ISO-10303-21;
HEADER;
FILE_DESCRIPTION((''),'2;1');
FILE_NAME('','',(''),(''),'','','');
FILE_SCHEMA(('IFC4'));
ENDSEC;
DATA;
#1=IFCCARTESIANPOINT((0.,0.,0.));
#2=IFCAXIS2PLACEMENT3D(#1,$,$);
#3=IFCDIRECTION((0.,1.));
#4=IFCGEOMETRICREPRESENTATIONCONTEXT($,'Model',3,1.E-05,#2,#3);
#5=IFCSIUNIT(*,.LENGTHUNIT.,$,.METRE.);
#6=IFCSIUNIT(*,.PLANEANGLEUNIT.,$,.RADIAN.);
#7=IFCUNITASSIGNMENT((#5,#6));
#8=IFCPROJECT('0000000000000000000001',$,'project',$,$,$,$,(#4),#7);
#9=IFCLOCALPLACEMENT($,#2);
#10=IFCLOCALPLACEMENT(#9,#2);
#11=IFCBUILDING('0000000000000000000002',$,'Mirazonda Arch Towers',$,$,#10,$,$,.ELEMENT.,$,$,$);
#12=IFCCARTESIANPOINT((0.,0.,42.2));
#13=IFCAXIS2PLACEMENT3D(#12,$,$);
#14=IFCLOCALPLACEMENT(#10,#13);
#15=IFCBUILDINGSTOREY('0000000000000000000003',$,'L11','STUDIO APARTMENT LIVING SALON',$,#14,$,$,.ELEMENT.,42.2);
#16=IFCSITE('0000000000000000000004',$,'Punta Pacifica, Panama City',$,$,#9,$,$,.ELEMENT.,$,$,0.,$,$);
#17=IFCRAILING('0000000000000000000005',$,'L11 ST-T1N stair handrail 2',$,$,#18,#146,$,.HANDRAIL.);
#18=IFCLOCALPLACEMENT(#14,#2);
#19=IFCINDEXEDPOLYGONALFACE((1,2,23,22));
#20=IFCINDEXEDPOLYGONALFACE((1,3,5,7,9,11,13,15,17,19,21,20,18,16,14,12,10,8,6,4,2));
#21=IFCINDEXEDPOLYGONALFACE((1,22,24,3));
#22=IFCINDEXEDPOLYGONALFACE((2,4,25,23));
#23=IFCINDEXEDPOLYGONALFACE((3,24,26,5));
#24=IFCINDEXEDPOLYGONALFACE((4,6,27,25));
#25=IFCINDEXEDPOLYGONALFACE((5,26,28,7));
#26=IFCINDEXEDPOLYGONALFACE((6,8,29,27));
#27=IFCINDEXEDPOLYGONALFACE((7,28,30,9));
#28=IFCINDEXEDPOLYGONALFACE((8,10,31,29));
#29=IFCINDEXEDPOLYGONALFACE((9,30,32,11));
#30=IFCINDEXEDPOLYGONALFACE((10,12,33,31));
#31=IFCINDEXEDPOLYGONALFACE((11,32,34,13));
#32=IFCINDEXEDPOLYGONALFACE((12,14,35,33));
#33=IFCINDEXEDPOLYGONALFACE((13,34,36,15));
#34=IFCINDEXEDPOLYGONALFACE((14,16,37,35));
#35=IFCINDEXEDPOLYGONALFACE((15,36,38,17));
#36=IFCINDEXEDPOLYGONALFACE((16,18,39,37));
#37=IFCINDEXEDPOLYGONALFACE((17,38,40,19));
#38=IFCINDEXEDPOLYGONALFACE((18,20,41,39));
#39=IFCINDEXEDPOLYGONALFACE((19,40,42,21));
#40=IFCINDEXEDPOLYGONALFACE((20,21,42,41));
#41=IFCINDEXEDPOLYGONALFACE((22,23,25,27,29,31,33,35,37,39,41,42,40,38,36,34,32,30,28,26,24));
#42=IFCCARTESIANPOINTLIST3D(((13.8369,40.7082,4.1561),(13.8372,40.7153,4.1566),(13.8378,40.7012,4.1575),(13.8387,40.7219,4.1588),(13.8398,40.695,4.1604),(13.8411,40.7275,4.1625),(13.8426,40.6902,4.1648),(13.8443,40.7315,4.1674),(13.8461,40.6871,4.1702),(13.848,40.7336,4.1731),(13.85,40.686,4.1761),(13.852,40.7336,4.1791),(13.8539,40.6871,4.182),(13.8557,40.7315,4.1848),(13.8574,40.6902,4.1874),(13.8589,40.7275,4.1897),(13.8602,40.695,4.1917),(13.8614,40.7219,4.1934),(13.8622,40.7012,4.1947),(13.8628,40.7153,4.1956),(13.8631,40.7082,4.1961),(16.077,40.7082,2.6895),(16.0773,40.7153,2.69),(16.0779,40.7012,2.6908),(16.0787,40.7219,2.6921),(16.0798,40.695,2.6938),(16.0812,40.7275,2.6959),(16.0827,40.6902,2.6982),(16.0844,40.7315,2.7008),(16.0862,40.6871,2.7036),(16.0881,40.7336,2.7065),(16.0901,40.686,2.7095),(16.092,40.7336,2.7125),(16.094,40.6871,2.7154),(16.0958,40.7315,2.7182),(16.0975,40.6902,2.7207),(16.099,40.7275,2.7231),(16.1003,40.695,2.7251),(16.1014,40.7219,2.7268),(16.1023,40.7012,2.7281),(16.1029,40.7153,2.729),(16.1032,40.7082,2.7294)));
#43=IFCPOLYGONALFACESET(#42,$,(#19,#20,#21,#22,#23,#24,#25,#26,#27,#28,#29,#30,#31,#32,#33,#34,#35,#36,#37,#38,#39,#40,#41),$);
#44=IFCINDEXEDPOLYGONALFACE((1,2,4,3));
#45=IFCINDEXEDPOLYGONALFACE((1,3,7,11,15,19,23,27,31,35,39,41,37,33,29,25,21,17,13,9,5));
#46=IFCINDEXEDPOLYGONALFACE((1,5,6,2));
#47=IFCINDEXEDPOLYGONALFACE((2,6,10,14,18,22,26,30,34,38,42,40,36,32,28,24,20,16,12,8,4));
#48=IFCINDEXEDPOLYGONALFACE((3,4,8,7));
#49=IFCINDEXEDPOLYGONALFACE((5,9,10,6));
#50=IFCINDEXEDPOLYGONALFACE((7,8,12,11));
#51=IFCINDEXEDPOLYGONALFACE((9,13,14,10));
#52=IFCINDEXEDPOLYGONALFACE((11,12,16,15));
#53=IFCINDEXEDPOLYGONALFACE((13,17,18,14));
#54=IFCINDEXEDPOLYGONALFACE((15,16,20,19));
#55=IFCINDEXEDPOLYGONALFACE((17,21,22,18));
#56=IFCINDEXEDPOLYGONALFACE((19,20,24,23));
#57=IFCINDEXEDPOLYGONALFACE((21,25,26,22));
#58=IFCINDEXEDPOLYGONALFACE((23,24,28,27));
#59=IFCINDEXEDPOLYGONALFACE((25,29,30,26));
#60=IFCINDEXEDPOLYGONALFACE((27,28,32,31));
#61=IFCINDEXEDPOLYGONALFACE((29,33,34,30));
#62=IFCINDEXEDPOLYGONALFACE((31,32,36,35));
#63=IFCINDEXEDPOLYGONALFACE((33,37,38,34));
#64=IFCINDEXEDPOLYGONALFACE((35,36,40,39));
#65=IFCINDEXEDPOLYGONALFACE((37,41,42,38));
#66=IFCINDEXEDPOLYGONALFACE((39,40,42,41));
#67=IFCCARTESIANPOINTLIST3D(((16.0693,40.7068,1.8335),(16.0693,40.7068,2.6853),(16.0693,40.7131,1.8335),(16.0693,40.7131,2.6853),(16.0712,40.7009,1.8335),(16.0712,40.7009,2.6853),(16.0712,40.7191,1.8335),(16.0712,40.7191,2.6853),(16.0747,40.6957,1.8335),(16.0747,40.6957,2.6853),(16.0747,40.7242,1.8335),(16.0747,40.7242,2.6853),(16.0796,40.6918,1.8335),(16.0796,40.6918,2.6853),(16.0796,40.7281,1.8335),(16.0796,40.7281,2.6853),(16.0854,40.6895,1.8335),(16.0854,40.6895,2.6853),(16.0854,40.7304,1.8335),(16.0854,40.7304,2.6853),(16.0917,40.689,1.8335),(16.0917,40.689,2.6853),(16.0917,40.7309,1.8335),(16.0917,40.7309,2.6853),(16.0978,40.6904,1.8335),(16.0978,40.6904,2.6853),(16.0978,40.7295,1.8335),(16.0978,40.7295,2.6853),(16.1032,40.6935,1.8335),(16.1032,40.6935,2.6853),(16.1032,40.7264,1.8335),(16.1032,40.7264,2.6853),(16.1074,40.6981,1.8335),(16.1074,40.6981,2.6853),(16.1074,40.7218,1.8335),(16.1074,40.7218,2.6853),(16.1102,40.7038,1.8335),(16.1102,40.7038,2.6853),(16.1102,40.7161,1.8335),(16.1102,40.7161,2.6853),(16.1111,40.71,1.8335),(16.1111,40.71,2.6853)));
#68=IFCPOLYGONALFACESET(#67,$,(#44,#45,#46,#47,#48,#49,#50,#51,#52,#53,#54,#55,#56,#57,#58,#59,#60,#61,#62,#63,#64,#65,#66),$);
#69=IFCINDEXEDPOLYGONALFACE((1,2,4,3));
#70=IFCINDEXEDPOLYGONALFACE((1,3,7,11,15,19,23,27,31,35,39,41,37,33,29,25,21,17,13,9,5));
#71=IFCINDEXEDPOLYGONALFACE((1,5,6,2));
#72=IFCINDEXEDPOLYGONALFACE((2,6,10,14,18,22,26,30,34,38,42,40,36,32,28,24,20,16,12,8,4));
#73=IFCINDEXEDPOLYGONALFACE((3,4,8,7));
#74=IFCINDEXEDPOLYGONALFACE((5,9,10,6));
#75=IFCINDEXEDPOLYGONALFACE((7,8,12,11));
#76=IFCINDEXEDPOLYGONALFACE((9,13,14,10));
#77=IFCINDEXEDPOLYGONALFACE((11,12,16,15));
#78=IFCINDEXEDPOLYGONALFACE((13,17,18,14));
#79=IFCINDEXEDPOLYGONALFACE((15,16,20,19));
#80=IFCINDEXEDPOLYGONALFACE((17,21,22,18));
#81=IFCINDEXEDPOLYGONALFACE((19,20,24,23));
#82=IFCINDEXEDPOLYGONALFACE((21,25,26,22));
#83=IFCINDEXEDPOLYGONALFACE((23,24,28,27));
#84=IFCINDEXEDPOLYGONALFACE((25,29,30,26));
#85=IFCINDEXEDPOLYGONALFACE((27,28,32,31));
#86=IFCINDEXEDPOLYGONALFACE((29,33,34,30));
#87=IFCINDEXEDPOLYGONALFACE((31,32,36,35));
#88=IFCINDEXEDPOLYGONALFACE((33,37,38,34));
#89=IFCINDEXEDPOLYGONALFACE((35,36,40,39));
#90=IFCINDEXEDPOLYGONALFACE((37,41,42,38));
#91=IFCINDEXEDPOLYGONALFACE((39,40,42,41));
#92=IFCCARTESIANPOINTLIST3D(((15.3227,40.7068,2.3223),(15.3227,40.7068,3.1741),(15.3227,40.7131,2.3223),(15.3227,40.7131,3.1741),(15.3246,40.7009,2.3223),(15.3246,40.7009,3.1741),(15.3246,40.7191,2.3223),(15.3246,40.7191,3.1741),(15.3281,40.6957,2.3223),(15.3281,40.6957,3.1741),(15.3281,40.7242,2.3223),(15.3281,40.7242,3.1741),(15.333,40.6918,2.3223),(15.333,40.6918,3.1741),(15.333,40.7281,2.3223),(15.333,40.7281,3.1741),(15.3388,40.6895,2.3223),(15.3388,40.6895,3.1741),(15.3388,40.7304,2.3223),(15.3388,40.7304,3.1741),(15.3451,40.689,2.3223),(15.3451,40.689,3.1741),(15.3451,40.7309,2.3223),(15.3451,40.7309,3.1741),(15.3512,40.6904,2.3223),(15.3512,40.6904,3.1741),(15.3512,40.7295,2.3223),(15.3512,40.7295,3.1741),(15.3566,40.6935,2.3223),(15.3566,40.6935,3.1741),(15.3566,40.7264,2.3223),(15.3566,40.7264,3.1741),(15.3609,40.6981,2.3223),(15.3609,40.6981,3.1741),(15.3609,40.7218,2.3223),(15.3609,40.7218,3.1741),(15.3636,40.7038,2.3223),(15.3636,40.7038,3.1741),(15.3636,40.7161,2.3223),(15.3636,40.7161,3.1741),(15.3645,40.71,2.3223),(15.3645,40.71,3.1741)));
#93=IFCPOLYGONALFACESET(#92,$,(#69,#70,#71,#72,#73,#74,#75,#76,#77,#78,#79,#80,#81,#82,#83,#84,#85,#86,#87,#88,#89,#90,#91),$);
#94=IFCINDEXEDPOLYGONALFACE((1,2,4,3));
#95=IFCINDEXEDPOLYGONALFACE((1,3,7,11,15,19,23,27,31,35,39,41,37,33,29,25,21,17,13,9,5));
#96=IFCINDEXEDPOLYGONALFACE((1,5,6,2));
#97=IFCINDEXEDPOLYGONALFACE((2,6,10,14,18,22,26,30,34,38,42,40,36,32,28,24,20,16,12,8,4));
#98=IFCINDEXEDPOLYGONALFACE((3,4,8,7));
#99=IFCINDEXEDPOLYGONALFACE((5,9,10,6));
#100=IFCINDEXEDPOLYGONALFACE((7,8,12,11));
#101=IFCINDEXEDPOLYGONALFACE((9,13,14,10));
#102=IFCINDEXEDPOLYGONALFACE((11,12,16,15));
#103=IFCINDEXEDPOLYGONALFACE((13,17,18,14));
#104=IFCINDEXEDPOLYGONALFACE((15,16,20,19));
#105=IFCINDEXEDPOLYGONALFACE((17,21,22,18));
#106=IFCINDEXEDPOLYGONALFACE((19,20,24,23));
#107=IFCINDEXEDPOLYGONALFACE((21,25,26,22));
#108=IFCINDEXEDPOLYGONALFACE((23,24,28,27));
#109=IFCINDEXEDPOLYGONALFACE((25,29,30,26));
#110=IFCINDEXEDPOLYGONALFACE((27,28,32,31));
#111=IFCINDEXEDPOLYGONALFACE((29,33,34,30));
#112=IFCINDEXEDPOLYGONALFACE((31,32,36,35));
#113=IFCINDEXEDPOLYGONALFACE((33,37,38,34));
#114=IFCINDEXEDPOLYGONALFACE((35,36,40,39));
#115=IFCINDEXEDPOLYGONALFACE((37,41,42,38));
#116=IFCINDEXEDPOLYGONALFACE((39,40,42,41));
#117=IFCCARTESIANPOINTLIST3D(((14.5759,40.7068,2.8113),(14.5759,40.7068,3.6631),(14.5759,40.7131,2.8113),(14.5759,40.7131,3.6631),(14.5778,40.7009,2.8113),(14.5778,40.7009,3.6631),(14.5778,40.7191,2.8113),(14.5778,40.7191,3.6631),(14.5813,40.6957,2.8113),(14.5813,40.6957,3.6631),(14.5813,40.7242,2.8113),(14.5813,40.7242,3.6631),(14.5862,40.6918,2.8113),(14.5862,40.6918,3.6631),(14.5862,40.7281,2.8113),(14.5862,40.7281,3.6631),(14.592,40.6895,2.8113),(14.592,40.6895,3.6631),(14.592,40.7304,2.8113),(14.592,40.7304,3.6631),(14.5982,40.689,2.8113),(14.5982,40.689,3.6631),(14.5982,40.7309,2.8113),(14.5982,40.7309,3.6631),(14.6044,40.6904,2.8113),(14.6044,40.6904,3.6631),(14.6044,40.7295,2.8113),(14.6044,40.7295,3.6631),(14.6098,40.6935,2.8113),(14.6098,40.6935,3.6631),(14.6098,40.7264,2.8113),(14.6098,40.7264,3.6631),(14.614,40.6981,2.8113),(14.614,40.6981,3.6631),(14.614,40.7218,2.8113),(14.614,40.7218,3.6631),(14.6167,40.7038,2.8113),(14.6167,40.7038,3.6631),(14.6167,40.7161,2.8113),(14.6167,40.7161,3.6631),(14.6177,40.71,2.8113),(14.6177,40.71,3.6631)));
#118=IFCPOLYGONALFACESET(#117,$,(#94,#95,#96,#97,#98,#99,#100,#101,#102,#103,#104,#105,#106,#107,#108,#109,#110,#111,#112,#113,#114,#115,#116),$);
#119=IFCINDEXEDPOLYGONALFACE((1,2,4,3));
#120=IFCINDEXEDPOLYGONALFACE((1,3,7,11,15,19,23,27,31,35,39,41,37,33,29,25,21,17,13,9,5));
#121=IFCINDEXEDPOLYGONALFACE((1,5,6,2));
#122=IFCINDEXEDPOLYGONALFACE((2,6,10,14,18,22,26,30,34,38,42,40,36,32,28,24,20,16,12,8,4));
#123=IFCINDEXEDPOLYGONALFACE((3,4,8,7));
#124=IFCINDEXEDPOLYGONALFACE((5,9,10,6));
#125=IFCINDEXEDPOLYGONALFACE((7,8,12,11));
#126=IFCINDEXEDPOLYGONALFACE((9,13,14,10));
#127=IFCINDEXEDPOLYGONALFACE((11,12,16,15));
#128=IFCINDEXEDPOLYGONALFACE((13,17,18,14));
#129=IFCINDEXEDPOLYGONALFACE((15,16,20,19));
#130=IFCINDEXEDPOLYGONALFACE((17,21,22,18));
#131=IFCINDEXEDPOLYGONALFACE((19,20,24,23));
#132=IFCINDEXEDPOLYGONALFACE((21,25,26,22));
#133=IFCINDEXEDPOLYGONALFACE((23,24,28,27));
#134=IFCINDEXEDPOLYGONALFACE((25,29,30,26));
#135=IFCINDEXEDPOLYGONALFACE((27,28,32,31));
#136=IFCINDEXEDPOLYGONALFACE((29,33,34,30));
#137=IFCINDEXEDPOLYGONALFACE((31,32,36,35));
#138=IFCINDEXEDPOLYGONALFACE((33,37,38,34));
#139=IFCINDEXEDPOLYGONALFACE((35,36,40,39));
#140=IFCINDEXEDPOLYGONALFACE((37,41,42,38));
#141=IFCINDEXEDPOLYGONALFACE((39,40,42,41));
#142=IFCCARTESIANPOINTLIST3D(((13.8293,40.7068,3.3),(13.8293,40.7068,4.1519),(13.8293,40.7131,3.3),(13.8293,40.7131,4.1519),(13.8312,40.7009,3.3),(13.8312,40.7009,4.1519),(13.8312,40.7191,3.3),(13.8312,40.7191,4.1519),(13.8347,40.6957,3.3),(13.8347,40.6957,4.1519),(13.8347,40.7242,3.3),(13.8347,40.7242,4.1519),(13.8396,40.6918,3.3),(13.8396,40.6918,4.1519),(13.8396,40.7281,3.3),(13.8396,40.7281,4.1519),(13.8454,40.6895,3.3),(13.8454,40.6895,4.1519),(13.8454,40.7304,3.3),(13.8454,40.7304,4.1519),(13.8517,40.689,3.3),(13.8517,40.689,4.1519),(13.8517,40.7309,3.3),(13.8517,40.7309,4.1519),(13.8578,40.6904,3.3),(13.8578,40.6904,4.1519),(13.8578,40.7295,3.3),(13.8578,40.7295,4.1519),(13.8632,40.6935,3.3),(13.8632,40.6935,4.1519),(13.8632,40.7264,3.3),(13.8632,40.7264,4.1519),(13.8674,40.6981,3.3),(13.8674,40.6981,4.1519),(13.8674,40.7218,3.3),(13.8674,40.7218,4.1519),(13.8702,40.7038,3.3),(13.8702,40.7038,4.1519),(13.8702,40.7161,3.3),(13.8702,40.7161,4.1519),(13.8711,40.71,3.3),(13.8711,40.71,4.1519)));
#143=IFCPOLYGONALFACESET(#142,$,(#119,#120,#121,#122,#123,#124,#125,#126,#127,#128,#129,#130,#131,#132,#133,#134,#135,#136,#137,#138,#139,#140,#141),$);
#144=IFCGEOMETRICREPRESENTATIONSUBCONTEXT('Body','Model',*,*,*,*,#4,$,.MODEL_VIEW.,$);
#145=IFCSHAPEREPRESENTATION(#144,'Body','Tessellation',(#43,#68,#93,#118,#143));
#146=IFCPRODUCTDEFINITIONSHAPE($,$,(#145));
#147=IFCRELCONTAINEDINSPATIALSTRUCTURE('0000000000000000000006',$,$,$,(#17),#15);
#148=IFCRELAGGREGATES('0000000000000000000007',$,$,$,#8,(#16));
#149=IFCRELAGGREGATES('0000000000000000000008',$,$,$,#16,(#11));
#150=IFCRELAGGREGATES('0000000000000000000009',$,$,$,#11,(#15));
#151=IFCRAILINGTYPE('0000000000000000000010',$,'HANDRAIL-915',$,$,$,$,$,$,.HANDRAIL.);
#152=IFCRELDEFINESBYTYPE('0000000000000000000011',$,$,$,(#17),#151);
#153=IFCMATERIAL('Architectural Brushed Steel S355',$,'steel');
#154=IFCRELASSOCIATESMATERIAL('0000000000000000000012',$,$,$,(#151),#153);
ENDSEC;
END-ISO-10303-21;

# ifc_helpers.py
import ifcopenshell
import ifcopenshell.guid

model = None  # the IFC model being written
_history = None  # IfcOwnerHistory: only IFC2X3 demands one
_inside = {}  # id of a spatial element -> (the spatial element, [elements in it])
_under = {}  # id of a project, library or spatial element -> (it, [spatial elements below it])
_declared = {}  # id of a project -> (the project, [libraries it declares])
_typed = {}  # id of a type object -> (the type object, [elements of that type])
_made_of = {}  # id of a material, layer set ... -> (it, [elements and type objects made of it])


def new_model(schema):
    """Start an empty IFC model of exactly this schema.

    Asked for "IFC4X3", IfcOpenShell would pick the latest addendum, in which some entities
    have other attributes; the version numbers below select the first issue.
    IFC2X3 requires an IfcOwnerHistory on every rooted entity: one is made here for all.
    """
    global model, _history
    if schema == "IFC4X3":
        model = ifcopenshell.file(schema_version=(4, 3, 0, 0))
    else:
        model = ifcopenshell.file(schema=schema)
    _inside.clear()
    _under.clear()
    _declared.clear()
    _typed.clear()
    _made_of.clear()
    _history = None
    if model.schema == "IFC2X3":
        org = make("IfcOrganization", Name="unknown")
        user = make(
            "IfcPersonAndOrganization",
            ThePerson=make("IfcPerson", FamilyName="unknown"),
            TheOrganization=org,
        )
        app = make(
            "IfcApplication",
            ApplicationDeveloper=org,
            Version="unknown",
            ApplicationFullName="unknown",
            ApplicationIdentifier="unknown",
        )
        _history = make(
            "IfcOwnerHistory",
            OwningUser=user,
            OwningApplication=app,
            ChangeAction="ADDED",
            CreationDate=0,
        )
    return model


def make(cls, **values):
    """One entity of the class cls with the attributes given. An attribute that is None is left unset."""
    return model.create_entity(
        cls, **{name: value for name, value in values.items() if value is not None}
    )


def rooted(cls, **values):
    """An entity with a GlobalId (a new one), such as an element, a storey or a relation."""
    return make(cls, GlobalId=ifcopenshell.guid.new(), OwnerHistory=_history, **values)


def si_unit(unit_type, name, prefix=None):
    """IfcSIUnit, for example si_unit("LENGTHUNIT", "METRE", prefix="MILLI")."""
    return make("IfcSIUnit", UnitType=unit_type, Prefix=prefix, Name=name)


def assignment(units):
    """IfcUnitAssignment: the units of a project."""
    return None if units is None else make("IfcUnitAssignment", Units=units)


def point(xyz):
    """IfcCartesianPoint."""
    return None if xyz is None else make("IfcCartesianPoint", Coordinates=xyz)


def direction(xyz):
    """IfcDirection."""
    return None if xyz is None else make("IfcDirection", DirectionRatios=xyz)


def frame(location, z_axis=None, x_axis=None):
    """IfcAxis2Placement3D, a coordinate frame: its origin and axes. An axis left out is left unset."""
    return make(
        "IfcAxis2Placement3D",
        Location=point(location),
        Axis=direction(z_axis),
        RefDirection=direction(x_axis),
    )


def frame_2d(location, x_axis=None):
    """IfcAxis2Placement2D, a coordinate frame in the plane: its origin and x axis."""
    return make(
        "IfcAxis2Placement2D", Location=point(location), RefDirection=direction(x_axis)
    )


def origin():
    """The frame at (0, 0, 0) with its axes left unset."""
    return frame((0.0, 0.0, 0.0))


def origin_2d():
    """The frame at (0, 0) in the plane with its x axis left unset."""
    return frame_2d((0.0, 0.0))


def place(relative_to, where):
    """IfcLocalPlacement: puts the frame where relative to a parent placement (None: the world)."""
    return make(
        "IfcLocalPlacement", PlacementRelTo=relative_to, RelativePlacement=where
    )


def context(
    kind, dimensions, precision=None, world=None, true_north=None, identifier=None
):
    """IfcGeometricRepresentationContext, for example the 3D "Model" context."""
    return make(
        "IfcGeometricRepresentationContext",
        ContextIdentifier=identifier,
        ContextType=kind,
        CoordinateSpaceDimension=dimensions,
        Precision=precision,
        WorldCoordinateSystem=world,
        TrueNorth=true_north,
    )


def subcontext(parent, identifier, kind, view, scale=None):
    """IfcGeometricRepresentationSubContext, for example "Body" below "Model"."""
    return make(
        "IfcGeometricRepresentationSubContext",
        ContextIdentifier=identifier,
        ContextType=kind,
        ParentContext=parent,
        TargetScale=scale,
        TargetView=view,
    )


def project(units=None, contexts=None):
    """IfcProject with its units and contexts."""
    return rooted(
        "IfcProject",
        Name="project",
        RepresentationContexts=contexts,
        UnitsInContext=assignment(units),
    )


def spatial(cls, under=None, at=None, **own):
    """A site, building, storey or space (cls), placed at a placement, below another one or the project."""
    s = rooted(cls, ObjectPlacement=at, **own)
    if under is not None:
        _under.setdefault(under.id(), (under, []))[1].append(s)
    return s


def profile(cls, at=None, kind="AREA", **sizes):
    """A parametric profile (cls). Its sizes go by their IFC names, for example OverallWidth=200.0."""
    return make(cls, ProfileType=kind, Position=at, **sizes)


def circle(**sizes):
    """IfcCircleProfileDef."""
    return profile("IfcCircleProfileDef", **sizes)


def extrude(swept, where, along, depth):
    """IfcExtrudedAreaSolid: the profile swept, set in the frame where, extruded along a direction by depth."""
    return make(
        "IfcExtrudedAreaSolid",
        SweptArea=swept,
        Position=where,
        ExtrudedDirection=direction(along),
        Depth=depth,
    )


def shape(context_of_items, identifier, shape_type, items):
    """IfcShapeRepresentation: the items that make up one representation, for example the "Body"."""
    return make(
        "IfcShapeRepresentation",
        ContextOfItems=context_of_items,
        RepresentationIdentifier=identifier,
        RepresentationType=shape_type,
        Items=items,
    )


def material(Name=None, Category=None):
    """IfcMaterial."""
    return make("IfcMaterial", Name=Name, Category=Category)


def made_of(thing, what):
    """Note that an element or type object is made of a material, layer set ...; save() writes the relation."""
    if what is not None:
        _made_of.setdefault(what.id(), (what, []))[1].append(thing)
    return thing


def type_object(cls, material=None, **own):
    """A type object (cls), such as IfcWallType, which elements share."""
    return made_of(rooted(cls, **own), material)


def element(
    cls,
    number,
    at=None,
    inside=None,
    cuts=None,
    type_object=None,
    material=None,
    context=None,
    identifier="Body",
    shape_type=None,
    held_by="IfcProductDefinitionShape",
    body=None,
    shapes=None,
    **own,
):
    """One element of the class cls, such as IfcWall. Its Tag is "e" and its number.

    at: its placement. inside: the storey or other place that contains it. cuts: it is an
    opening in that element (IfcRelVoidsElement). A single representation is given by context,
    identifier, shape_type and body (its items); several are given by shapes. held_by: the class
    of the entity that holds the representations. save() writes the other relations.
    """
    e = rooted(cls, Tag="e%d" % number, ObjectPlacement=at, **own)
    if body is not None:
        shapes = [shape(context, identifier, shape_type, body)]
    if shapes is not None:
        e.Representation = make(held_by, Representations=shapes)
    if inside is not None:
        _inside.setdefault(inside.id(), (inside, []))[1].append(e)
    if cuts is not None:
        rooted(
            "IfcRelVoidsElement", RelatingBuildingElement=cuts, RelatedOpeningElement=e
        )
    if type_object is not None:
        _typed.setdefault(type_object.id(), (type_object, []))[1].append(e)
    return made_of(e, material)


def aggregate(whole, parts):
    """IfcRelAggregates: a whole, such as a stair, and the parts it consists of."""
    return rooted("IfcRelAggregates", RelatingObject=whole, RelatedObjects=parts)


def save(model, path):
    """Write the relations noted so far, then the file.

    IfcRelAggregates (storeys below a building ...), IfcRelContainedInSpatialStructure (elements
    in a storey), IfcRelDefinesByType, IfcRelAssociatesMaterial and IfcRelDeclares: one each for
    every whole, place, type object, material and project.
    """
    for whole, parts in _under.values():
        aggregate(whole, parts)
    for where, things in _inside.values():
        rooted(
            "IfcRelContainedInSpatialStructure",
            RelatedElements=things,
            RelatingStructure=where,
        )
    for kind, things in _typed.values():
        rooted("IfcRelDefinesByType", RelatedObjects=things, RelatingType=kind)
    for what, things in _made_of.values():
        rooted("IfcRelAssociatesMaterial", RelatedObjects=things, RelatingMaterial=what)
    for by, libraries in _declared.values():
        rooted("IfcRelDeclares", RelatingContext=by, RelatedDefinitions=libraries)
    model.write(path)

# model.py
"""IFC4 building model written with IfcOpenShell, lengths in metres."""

from ifc_helpers import new_model, si_unit, direction, frame, origin, origin_2d, place, context, subcontext, project, spatial, circle, extrude, material, type_object, element, save


model = new_model("IFC4")

# Units and contexts
model_context = context("Model", 3, precision=1e-05, world=origin(), true_north=direction((0.0, 1.0)))
body_context = subcontext(model_context, "Body", "Model", "MODEL_VIEW")
ifc_project = project(units=[si_unit("LENGTHUNIT", "METRE"), si_unit("PLANEANGLEUNIT", "RADIAN")], contexts=[model_context])

# Site, building, storey
site_placement = place(None, origin())
site = spatial("IfcSite", under=ifc_project, at=site_placement, Name="Punta Pacifica, Panama City", CompositionType="ELEMENT", RefElevation=0.0)
building_placement = place(site_placement, origin())
building = spatial("IfcBuilding", under=site, at=building_placement, Name="Mirazonda Arch Towers", CompositionType="ELEMENT")
storey_placement = place(building_placement, frame((0.0, 0.0, 42.2)))
storey = spatial("IfcBuildingStorey", under=building, at=storey_placement, Name="L11", Description="STUDIO APARTMENT LIVING SALON", CompositionType="ELEMENT", Elevation=42.2)

# Shared definitions
ifc_material_1 = material(Name="Architectural Brushed Steel S355", Category="steel")

# Railing
railing_type_1 = type_object("IfcRailingType", Name="HANDRAIL-915", PredefinedType="HANDRAIL", material=ifc_material_1)
railing_1_placement = place(storey_placement, frame((16.0901, 40.71, 1.8335)))
element("IfcRailing", 1, at=railing_1_placement, inside=storey, type_object=railing_type_1, Name="L11 ST-T1N stair handrail 2", PredefinedType="HANDRAIL", context=body_context, shape_type="SweptSolid", body=[
    extrude(circle(Radius=0.0239, at=origin_2d()), frame((0.0, 0.0, 0.876), z_axis=(-0.836637, 0.0, 0.547758), x_axis=(0.0, -1.0, 0.0)), (0.0, 0.0, 1.0), 2.6775),
    extrude(circle(Radius=0.021, at=origin_2d()), origin(), (0.0, 0.0, 1.0), 0.8518),
    extrude(circle(Radius=0.021, at=origin_2d()), frame((-0.7466, 0.0, 0.4888)), (0.0, 0.0, 1.0), 0.8518),
    extrude(circle(Radius=0.021, at=origin_2d()), frame((-1.4934, 0.0, 0.9778)), (0.0, 0.0, 1.0), 0.8518),
    extrude(circle(Radius=0.021, at=origin_2d()), frame((-2.24, 0.0, 1.4666)), (0.0, 0.0, 1.0), 0.8518),
])

save(model, "model.ifc")
